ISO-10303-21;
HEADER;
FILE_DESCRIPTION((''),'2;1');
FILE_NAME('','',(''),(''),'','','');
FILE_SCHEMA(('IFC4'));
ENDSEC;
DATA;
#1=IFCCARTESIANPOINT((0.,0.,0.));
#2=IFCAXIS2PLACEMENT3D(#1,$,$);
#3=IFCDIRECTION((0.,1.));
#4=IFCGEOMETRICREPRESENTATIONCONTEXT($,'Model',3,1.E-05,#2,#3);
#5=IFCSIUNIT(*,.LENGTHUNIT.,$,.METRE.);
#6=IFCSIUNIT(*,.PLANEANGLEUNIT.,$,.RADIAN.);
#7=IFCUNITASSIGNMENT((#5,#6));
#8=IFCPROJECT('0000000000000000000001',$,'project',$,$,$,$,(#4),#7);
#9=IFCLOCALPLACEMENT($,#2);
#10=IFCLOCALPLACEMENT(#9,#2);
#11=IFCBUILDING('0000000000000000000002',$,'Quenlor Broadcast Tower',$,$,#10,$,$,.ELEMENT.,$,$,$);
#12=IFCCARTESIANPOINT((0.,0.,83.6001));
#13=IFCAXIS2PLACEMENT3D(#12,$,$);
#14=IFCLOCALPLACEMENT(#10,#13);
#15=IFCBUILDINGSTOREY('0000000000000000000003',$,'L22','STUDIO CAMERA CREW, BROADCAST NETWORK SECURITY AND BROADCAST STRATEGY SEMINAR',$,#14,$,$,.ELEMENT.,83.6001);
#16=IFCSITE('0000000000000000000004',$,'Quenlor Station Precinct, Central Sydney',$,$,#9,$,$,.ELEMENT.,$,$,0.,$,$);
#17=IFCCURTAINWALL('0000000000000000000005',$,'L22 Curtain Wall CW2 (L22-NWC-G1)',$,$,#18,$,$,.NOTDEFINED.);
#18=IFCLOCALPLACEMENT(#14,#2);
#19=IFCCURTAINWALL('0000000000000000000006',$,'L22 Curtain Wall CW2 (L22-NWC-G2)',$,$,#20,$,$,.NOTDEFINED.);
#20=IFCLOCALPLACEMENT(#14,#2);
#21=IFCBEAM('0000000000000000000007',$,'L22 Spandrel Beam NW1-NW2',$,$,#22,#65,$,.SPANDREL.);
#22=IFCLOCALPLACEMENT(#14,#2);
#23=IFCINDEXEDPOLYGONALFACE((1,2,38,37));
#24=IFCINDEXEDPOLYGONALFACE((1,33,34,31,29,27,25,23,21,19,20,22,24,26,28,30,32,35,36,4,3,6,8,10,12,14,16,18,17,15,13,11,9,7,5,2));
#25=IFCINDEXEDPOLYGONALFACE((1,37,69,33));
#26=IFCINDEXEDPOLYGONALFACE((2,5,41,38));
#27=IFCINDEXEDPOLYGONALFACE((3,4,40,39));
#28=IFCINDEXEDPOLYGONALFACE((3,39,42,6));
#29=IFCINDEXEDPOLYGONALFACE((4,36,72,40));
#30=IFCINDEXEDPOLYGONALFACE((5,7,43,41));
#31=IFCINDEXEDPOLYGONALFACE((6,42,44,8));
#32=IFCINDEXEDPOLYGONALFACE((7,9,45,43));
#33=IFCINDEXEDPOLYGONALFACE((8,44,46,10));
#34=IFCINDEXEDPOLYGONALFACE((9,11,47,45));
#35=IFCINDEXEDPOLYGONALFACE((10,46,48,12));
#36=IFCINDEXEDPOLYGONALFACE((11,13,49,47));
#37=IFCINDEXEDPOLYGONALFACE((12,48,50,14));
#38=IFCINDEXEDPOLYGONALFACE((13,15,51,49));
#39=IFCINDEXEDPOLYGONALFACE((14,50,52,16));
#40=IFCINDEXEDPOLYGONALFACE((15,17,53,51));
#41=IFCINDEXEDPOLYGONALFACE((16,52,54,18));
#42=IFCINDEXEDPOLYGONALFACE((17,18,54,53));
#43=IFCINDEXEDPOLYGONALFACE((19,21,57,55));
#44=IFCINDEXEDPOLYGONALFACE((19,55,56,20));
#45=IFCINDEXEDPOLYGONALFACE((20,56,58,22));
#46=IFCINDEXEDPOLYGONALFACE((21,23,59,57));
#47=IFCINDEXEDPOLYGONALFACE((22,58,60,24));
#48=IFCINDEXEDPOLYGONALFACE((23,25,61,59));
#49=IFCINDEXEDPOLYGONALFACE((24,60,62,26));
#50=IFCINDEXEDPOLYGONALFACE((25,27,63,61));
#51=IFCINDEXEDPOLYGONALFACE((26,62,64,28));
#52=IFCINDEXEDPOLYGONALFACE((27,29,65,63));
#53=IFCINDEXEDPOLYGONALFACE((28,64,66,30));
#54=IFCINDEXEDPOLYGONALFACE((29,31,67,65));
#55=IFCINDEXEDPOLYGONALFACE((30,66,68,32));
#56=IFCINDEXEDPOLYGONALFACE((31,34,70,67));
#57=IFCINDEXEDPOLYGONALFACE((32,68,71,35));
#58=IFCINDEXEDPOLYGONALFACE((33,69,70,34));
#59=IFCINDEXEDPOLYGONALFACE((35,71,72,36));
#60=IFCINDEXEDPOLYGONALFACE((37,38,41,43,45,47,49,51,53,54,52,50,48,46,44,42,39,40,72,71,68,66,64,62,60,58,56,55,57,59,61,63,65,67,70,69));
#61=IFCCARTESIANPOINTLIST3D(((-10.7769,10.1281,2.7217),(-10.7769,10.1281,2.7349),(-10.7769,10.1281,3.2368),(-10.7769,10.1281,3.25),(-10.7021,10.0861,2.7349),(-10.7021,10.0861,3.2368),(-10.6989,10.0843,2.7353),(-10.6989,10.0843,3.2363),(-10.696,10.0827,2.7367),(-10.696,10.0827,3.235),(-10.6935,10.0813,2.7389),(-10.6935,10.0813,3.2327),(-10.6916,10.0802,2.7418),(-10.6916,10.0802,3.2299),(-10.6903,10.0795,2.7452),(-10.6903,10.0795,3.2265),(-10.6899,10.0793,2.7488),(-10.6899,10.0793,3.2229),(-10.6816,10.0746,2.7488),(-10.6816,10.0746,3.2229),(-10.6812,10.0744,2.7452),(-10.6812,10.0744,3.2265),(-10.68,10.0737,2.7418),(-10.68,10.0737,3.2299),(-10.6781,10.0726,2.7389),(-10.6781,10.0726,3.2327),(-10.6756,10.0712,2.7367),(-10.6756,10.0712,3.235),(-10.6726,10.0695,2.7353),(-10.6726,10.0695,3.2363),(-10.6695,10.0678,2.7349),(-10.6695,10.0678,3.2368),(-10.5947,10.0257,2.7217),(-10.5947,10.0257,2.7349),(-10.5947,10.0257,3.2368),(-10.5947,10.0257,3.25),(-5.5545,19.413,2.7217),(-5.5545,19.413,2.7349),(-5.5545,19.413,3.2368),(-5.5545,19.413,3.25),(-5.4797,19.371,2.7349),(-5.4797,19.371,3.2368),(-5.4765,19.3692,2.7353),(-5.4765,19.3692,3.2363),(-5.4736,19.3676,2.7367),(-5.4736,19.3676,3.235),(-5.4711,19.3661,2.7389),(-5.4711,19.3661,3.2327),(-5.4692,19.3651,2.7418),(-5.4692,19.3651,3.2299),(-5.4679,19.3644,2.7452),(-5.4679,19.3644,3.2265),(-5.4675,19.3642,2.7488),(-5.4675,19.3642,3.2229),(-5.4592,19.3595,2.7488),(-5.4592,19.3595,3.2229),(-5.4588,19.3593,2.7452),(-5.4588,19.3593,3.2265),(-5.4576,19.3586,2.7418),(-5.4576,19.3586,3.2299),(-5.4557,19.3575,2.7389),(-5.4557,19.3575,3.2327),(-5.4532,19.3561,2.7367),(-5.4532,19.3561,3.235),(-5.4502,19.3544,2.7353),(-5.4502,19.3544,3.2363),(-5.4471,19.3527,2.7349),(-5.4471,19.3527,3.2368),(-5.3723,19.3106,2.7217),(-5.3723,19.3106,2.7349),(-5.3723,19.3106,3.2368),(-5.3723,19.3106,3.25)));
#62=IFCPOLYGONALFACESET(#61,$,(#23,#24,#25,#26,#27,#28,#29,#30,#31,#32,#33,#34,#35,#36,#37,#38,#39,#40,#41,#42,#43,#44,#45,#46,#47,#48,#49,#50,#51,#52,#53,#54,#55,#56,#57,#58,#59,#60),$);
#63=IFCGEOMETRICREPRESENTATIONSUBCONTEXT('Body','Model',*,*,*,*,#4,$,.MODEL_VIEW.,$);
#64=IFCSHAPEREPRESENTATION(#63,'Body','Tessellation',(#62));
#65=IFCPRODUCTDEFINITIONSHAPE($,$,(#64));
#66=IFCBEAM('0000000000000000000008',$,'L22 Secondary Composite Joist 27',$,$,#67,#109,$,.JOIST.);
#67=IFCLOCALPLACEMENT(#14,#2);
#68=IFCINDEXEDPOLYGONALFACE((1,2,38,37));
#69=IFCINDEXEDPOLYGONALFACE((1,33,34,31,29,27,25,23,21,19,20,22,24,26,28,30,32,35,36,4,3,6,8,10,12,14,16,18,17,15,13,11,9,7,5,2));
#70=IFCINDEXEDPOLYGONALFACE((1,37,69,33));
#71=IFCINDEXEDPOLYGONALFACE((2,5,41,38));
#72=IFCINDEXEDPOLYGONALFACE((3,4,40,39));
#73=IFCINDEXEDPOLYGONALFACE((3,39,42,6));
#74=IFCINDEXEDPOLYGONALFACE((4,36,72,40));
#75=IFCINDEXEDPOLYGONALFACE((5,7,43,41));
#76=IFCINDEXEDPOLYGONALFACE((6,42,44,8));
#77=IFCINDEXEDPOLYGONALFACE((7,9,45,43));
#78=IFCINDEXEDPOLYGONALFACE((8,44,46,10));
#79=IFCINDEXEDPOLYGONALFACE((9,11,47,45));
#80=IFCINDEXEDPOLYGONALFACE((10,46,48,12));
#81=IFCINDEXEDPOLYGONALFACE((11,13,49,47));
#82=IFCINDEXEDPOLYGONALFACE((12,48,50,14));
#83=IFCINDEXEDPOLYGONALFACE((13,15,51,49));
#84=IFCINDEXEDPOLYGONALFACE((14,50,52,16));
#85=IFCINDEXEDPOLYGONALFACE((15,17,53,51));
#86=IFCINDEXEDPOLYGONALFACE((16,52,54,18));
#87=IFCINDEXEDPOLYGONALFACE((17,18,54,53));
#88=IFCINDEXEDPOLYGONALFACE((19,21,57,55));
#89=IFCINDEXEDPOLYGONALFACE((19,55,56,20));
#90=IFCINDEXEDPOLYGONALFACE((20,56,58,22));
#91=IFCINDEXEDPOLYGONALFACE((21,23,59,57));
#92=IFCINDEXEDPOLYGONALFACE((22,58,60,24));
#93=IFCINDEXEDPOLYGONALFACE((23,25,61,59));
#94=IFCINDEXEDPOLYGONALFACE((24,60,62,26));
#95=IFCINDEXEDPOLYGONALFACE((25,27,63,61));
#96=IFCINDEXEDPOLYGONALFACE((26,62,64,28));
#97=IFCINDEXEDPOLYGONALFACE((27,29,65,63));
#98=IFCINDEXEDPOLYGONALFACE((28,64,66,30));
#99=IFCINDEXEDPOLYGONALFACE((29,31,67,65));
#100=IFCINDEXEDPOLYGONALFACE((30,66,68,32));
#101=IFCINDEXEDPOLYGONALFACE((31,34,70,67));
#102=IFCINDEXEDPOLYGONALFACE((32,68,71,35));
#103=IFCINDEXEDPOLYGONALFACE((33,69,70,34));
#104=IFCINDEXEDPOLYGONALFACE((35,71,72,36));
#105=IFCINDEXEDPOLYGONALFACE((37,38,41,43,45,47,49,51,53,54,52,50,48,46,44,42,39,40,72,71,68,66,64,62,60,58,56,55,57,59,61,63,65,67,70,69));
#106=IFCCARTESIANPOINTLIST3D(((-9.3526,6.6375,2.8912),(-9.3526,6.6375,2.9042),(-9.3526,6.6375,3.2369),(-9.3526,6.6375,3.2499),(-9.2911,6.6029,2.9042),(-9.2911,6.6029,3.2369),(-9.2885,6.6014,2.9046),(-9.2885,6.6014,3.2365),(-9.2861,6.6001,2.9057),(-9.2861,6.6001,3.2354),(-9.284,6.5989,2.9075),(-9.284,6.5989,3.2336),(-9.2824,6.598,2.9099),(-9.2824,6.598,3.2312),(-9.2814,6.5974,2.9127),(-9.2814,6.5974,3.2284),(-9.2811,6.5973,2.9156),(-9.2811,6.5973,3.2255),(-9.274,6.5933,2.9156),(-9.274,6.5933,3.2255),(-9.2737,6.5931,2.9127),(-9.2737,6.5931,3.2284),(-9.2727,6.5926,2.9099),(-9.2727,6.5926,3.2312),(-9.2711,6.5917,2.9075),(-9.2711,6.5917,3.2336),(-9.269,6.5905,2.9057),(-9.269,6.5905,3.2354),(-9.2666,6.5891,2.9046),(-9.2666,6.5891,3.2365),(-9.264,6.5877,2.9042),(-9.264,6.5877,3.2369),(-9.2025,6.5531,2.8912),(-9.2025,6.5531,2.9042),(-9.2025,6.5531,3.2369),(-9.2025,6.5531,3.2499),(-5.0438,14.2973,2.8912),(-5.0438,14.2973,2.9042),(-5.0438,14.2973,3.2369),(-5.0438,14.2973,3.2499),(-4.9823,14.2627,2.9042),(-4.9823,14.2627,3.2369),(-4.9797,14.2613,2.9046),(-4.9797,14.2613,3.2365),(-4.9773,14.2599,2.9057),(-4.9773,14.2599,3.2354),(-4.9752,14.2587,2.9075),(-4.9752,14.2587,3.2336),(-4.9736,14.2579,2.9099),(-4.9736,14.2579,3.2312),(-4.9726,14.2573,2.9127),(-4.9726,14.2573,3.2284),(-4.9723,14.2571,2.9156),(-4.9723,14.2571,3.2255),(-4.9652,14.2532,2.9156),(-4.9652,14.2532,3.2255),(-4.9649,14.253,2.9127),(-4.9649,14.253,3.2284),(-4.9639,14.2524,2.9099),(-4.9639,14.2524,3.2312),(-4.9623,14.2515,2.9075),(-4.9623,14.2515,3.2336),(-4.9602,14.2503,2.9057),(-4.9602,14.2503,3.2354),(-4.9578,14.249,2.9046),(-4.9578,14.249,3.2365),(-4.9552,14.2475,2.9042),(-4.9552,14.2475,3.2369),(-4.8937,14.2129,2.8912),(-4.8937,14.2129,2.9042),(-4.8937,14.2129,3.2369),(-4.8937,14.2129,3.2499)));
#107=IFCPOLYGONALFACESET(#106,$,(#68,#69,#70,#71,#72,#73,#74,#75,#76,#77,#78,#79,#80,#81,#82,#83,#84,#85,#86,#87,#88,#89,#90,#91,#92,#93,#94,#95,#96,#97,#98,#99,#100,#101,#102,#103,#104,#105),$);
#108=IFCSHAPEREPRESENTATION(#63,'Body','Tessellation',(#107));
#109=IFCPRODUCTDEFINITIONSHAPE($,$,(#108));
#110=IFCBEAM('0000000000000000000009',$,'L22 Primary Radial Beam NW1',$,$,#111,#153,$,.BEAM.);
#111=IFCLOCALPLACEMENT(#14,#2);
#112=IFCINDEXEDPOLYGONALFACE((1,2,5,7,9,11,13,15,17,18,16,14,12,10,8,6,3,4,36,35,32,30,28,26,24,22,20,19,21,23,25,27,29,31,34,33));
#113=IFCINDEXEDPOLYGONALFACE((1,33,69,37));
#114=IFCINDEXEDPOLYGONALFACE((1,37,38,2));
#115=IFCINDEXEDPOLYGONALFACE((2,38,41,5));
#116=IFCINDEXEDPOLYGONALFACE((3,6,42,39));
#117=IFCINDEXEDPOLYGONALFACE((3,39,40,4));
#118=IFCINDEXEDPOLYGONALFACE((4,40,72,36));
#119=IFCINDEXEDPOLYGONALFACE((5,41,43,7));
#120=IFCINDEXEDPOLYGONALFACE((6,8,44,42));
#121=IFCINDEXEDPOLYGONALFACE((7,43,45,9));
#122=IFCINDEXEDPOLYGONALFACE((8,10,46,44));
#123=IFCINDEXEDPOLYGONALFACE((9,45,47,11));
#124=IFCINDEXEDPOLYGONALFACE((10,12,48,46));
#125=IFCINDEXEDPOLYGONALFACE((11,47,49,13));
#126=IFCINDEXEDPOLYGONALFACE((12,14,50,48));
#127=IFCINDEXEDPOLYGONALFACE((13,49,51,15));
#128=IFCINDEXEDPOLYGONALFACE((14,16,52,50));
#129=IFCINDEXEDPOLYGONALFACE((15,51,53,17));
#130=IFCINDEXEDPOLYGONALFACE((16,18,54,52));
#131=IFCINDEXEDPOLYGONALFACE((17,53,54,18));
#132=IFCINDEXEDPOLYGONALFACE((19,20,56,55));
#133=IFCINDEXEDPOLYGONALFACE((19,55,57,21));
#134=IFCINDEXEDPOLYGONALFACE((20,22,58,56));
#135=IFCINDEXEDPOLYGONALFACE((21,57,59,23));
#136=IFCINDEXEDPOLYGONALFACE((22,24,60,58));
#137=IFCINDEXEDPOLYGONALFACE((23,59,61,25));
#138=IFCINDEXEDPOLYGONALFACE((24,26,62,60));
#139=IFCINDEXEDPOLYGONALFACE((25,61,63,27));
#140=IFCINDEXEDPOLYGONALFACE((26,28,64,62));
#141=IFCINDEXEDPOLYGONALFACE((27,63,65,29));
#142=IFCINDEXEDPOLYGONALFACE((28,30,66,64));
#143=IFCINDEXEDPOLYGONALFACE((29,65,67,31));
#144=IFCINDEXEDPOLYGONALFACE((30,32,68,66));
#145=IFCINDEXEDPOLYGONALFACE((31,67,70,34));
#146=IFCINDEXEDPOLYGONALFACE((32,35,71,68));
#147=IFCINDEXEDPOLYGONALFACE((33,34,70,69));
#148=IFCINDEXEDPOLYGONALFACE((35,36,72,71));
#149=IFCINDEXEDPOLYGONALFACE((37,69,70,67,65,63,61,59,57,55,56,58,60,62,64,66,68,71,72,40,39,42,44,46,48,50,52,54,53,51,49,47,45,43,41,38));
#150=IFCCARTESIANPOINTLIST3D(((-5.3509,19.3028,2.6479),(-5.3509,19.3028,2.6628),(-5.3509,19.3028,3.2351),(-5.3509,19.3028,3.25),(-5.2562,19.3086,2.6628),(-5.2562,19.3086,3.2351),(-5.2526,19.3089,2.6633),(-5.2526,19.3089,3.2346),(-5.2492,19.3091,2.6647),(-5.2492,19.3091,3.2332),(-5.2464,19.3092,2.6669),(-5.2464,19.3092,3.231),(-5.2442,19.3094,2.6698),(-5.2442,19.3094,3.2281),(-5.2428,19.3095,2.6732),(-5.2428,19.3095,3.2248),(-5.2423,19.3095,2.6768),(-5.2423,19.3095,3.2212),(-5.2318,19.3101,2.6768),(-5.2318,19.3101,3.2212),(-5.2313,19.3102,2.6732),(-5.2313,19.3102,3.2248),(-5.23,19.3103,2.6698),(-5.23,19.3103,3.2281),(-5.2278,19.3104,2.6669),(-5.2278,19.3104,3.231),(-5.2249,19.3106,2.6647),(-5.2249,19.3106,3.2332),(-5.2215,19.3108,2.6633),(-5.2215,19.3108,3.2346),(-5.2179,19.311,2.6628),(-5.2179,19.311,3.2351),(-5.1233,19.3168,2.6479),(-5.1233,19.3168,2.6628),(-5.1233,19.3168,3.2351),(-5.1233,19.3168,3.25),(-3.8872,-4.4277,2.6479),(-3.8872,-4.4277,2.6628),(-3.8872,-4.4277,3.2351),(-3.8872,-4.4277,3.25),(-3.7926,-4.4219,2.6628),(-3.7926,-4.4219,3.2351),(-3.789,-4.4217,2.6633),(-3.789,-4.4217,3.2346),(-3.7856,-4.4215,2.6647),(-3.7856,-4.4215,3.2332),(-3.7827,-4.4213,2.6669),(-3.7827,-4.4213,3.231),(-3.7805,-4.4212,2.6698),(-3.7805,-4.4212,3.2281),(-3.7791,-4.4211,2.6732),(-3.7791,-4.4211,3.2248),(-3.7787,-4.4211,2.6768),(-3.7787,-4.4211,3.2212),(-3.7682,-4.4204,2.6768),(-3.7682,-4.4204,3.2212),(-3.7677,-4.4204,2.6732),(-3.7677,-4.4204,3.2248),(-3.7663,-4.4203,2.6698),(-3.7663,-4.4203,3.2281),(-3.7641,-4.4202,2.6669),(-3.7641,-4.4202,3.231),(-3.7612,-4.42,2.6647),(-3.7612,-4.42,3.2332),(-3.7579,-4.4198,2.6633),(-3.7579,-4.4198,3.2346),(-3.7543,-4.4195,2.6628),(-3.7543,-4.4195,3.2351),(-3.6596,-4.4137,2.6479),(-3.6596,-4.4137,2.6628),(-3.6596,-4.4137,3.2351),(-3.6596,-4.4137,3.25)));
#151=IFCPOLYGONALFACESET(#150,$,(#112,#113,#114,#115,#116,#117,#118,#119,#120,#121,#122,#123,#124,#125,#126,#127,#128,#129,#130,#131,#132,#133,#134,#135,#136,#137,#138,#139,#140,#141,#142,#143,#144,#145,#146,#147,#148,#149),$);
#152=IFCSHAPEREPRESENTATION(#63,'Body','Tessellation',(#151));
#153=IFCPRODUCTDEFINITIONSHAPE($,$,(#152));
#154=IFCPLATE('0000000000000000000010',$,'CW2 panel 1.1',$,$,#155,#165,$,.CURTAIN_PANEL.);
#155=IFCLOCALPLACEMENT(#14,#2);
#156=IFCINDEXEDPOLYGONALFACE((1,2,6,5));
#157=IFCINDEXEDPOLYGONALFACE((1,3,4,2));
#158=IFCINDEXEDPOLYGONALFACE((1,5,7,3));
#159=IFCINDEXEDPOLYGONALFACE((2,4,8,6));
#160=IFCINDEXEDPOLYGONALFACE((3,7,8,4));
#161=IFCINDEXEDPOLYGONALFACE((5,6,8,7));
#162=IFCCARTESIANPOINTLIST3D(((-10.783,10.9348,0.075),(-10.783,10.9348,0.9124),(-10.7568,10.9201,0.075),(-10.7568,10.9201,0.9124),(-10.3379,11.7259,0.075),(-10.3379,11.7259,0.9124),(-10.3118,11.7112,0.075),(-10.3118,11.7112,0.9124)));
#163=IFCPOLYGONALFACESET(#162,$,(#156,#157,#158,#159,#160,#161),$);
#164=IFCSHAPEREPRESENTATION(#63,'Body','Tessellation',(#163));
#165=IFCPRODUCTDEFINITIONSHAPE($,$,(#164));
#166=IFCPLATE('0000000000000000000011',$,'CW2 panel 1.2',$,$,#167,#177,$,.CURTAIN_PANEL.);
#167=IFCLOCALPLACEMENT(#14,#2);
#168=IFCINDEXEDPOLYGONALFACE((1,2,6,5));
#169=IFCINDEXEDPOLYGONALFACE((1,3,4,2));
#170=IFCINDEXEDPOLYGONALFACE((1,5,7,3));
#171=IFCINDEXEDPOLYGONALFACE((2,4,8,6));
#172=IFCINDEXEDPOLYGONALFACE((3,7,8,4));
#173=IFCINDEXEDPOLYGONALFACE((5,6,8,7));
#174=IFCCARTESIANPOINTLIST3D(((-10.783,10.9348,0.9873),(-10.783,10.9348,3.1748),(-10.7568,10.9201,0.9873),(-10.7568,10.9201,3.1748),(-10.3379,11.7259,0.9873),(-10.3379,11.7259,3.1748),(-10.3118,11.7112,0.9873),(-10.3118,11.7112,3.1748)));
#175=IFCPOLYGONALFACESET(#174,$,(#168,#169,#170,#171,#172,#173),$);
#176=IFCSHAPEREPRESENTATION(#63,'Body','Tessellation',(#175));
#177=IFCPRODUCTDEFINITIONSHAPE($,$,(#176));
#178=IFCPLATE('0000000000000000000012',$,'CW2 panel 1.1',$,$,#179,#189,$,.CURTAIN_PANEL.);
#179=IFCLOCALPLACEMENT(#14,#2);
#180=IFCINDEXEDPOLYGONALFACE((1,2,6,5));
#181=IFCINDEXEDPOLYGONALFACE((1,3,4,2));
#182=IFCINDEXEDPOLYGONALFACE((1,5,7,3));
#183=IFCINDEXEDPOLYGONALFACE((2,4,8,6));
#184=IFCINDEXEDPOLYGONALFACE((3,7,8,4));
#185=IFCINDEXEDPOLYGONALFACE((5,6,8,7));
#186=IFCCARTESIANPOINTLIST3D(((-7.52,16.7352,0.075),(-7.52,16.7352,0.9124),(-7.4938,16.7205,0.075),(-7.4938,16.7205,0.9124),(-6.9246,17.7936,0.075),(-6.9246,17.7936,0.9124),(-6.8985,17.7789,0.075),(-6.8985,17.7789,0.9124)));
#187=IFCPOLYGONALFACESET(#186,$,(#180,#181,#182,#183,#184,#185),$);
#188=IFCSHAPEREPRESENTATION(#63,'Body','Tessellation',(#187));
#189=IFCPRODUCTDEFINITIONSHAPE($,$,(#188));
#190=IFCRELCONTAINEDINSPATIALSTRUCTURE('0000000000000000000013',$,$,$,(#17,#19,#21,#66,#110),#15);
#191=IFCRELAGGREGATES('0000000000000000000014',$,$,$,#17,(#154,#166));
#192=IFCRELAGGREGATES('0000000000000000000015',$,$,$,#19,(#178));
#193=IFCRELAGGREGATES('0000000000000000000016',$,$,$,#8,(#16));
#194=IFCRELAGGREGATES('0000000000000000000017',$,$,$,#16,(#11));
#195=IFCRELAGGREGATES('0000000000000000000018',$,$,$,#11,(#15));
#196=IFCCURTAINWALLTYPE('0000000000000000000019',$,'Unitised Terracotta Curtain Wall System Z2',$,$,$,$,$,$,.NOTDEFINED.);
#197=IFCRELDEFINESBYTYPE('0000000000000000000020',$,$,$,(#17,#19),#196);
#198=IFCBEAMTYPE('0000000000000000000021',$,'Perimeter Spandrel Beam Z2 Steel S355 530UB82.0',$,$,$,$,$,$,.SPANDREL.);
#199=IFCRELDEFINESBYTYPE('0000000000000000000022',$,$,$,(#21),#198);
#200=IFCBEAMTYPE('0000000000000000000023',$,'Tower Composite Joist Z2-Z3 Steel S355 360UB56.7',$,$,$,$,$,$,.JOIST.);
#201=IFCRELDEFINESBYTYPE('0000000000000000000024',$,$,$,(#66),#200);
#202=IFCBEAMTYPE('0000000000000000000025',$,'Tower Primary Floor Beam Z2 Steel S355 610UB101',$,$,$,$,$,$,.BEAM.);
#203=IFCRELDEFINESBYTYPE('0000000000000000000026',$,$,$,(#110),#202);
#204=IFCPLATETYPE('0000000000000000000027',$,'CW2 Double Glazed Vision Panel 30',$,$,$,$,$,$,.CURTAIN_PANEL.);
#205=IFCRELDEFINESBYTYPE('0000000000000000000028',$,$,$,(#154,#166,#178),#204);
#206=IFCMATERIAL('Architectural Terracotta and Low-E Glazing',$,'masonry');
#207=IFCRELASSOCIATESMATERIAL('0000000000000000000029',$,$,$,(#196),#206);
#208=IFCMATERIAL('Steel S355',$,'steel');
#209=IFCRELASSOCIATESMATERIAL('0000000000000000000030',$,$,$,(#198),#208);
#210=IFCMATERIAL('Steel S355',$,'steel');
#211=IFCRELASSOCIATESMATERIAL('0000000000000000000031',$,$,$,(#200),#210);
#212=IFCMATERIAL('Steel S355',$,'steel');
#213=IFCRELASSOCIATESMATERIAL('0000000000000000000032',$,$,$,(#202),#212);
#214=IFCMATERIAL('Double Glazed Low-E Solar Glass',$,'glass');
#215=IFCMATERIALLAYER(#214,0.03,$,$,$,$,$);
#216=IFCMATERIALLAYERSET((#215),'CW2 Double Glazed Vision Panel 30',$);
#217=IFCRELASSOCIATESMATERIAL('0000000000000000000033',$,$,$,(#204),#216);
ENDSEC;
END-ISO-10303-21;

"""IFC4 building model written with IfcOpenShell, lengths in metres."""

from ifc_helpers import new_model, si_unit, direction, frame, origin, origin_2d, place, context, subcontext, project, spatial, rectangle, i_section, extrude, material, layer, layer_set, material_profile, profile_set, type_object, element, aggregate, save


model = new_model("IFC4")

# Units and contexts
model_context = context("Model", 3, precision=1e-05, world=origin(), true_north=direction((0.0, 1.0)))
body_context = subcontext(model_context, "Body", "Model", "MODEL_VIEW")
ifc_project = project(units=[si_unit("LENGTHUNIT", "METRE"), si_unit("PLANEANGLEUNIT", "RADIAN")], contexts=[model_context])

# Site, building, storey
site_placement = place(None, origin())
site = spatial("IfcSite", under=ifc_project, at=site_placement, Name="Quenlor Station Precinct, Central Sydney", CompositionType="ELEMENT", RefElevation=0.0)
building_placement = place(site_placement, origin())
building = spatial("IfcBuilding", under=site, at=building_placement, Name="Quenlor Broadcast Tower", CompositionType="ELEMENT")
storey_placement = place(building_placement, frame((0.0, 0.0, 83.6001)))
storey = spatial("IfcBuildingStorey", under=building, at=storey_placement, Name="L22", Description="STUDIO CAMERA CREW, BROADCAST NETWORK SECURITY AND BROADCAST STRATEGY SEMINAR", CompositionType="ELEMENT", Elevation=83.6001)

# Curtain wall
ifc_material_1 = material(Name="Architectural Terracotta and Low-E Glazing", Category="masonry")
curtain_wall_type = type_object("IfcCurtainWallType", Name="Unitised Terracotta Curtain Wall System Z2", PredefinedType="NOTDEFINED", material=ifc_material_1)
curtain_wall_1_placement = place(storey_placement, origin())
curtain_wall_1 = element("IfcCurtainWall", 1, at=curtain_wall_1_placement, inside=storey, type_object=curtain_wall_type, Name="L22 Curtain Wall CW2 (L22-NWC-G1)", PredefinedType="NOTDEFINED")

# Curtain wall
curtain_wall_2_placement = place(storey_placement, origin())
curtain_wall_2 = element("IfcCurtainWall", 2, at=curtain_wall_2_placement, inside=storey, type_object=curtain_wall_type, Name="L22 Curtain Wall CW2 (L22-NWC-G2)", PredefinedType="NOTDEFINED")

# Beams
ifc_material_2 = material(Name="Steel S355", Category="steel")
ifc_material_profile_1 = material_profile(ifc_material_2, i_section(OverallWidth=0.209, OverallDepth=0.5283, WebThickness=0.0095, FlangeThickness=0.0132, FilletRadius=0.0139, at=origin_2d()))
ifc_profile_set_1 = profile_set([ifc_material_profile_1], Name="Steel S355 530UB82.0")
beam_type_1 = type_object("IfcBeamType", Name="Perimeter Spandrel Beam Z2 Steel S355 530UB82.0", PredefinedType="SPANDREL", material=ifc_profile_set_1)
beam_1_placement = place(storey_placement, frame((-5.4634, 19.3618, 2.9858), z_axis=(-0.490236, -0.87159, 0.0), x_axis=(0.87159, -0.490236, 0.0)))
element("IfcBeam", 3, at=beam_1_placement, inside=storey, type_object=beam_type_1, Name="L22 Spandrel Beam NW1-NW2", PredefinedType="SPANDREL", context=body_context, shape_type="SweptSolid", body=[
    extrude(i_section(OverallWidth=0.209, OverallDepth=0.5283, WebThickness=0.0095, FlangeThickness=0.0132, FilletRadius=0.0139, at=origin_2d()), origin(), (0.0, 0.0, 1.0), 10.6528),
])
ifc_material_3 = material(Name="Steel S355", Category="steel")
ifc_material_profile_2 = material_profile(ifc_material_3, i_section(OverallWidth=0.1721, OverallDepth=0.3586, WebThickness=0.0081, FlangeThickness=0.0129, FilletRadius=0.0115, at=origin_2d()))
ifc_profile_set_2 = profile_set([ifc_material_profile_2], Name="Steel S355 360UB56.7")
beam_type_2 = type_object("IfcBeamType", Name="Tower Composite Joist Z2-Z3 Steel S355 360UB56.7", PredefinedType="JOIST", material=ifc_profile_set_2)
beam_2_placement = place(storey_placement, frame((-4.9688, 14.2551, 3.0706), z_axis=(-0.490273, -0.871569, 0.0), x_axis=(0.871569, -0.490273, 0.0)))
element("IfcBeam", 4, at=beam_2_placement, inside=storey, type_object=beam_type_2, Name="L22 Secondary Composite Joist 27", PredefinedType="JOIST", context=body_context, shape_type="SweptSolid", body=[
    extrude(i_section(OverallWidth=0.1721, OverallDepth=0.3586, WebThickness=0.0081, FlangeThickness=0.0129, FilletRadius=0.0115, at=origin_2d()), origin(), (0.0, 0.0, 1.0), 8.7886),
])
ifc_material_4 = material(Name="Steel S355", Category="steel")
ifc_material_profile_3 = material_profile(ifc_material_4, i_section(OverallWidth=0.228, OverallDepth=0.6021, WebThickness=0.0105, FlangeThickness=0.0149, FilletRadius=0.0139, at=origin_2d()))
ifc_profile_set_3 = profile_set([ifc_material_profile_3], Name="Steel S355 610UB101")
beam_type_3 = type_object("IfcBeamType", Name="Tower Primary Floor Beam Z2 Steel S355 610UB101", PredefinedType="BEAM", material=ifc_profile_set_3)
beam_3_placement = place(storey_placement, frame((-5.2371, 19.3098, 2.949), z_axis=(0.06156, -0.998103, 0.0), x_axis=(0.998103, 0.06156, 0.0)))
element("IfcBeam", 5, at=beam_3_placement, inside=storey, type_object=beam_type_3, Name="L22 Primary Radial Beam NW1", PredefinedType="BEAM", context=body_context, shape_type="SweptSolid", body=[
    extrude(i_section(OverallWidth=0.228, OverallDepth=0.6021, WebThickness=0.0105, FlangeThickness=0.0149, FilletRadius=0.0139, at=origin_2d()), origin(), (0.0, 0.0, 1.0), 23.7756),
])

# Plates
ifc_material_5 = material(Name="Double Glazed Low-E Solar Glass", Category="glass")
ifc_layer_1 = layer(ifc_material_5, 0.03)
ifc_layer_set_1 = layer_set([ifc_layer_1], Name="CW2 Double Glazed Vision Panel 30")
plate_type_1 = type_object("IfcPlateType", Name="CW2 Double Glazed Vision Panel 30", PredefinedType="CURTAIN_PANEL", material=ifc_layer_set_1)
plate_1_placement = place(storey_placement, frame((-10.5474, 11.323, 0.075), z_axis=(0.0, 0.0, 1.0), x_axis=(0.490252, 0.871581, 0.0)))
plate_1 = element("IfcPlate", 6, at=plate_1_placement, type_object=plate_type_1, Name="CW2 panel 1.1", PredefinedType="CURTAIN_PANEL", context=body_context, shape_type="SweptSolid", body=[
    extrude(rectangle(XDim=0.9077, YDim=0.03, at=origin_2d()), origin(), (0.0, 0.0, 1.0), 0.8374),
])
plate_2_placement = place(storey_placement, frame((-10.5474, 11.323, 0.9873), z_axis=(0.0, 0.0, 1.0), x_axis=(0.490252, 0.871581, 0.0)))
plate_2 = element("IfcPlate", 7, at=plate_2_placement, type_object=plate_type_1, Name="CW2 panel 1.2", PredefinedType="CURTAIN_PANEL", context=body_context, shape_type="SweptSolid", body=[
    extrude(rectangle(XDim=0.9077, YDim=0.03, at=origin_2d()), origin(), (0.0, 0.0, 1.0), 2.1875),
])
aggregate(curtain_wall_1, [plate_1, plate_2])
plate_3_placement = place(storey_placement, frame((-7.2092, 17.2571, 0.075), z_axis=(0.0, 0.0, 1.0), x_axis=(0.490247, 0.871583, 0.0)))
plate_3 = element("IfcPlate", 8, at=plate_3_placement, type_object=plate_type_1, Name="CW2 panel 1.1", PredefinedType="CURTAIN_PANEL", context=body_context, shape_type="SweptSolid", body=[
    extrude(rectangle(XDim=1.2144, YDim=0.03, at=origin_2d()), origin(), (0.0, 0.0, 1.0), 0.8374),
])
aggregate(curtain_wall_2, [plate_3])

save(model, "model.ifc")
